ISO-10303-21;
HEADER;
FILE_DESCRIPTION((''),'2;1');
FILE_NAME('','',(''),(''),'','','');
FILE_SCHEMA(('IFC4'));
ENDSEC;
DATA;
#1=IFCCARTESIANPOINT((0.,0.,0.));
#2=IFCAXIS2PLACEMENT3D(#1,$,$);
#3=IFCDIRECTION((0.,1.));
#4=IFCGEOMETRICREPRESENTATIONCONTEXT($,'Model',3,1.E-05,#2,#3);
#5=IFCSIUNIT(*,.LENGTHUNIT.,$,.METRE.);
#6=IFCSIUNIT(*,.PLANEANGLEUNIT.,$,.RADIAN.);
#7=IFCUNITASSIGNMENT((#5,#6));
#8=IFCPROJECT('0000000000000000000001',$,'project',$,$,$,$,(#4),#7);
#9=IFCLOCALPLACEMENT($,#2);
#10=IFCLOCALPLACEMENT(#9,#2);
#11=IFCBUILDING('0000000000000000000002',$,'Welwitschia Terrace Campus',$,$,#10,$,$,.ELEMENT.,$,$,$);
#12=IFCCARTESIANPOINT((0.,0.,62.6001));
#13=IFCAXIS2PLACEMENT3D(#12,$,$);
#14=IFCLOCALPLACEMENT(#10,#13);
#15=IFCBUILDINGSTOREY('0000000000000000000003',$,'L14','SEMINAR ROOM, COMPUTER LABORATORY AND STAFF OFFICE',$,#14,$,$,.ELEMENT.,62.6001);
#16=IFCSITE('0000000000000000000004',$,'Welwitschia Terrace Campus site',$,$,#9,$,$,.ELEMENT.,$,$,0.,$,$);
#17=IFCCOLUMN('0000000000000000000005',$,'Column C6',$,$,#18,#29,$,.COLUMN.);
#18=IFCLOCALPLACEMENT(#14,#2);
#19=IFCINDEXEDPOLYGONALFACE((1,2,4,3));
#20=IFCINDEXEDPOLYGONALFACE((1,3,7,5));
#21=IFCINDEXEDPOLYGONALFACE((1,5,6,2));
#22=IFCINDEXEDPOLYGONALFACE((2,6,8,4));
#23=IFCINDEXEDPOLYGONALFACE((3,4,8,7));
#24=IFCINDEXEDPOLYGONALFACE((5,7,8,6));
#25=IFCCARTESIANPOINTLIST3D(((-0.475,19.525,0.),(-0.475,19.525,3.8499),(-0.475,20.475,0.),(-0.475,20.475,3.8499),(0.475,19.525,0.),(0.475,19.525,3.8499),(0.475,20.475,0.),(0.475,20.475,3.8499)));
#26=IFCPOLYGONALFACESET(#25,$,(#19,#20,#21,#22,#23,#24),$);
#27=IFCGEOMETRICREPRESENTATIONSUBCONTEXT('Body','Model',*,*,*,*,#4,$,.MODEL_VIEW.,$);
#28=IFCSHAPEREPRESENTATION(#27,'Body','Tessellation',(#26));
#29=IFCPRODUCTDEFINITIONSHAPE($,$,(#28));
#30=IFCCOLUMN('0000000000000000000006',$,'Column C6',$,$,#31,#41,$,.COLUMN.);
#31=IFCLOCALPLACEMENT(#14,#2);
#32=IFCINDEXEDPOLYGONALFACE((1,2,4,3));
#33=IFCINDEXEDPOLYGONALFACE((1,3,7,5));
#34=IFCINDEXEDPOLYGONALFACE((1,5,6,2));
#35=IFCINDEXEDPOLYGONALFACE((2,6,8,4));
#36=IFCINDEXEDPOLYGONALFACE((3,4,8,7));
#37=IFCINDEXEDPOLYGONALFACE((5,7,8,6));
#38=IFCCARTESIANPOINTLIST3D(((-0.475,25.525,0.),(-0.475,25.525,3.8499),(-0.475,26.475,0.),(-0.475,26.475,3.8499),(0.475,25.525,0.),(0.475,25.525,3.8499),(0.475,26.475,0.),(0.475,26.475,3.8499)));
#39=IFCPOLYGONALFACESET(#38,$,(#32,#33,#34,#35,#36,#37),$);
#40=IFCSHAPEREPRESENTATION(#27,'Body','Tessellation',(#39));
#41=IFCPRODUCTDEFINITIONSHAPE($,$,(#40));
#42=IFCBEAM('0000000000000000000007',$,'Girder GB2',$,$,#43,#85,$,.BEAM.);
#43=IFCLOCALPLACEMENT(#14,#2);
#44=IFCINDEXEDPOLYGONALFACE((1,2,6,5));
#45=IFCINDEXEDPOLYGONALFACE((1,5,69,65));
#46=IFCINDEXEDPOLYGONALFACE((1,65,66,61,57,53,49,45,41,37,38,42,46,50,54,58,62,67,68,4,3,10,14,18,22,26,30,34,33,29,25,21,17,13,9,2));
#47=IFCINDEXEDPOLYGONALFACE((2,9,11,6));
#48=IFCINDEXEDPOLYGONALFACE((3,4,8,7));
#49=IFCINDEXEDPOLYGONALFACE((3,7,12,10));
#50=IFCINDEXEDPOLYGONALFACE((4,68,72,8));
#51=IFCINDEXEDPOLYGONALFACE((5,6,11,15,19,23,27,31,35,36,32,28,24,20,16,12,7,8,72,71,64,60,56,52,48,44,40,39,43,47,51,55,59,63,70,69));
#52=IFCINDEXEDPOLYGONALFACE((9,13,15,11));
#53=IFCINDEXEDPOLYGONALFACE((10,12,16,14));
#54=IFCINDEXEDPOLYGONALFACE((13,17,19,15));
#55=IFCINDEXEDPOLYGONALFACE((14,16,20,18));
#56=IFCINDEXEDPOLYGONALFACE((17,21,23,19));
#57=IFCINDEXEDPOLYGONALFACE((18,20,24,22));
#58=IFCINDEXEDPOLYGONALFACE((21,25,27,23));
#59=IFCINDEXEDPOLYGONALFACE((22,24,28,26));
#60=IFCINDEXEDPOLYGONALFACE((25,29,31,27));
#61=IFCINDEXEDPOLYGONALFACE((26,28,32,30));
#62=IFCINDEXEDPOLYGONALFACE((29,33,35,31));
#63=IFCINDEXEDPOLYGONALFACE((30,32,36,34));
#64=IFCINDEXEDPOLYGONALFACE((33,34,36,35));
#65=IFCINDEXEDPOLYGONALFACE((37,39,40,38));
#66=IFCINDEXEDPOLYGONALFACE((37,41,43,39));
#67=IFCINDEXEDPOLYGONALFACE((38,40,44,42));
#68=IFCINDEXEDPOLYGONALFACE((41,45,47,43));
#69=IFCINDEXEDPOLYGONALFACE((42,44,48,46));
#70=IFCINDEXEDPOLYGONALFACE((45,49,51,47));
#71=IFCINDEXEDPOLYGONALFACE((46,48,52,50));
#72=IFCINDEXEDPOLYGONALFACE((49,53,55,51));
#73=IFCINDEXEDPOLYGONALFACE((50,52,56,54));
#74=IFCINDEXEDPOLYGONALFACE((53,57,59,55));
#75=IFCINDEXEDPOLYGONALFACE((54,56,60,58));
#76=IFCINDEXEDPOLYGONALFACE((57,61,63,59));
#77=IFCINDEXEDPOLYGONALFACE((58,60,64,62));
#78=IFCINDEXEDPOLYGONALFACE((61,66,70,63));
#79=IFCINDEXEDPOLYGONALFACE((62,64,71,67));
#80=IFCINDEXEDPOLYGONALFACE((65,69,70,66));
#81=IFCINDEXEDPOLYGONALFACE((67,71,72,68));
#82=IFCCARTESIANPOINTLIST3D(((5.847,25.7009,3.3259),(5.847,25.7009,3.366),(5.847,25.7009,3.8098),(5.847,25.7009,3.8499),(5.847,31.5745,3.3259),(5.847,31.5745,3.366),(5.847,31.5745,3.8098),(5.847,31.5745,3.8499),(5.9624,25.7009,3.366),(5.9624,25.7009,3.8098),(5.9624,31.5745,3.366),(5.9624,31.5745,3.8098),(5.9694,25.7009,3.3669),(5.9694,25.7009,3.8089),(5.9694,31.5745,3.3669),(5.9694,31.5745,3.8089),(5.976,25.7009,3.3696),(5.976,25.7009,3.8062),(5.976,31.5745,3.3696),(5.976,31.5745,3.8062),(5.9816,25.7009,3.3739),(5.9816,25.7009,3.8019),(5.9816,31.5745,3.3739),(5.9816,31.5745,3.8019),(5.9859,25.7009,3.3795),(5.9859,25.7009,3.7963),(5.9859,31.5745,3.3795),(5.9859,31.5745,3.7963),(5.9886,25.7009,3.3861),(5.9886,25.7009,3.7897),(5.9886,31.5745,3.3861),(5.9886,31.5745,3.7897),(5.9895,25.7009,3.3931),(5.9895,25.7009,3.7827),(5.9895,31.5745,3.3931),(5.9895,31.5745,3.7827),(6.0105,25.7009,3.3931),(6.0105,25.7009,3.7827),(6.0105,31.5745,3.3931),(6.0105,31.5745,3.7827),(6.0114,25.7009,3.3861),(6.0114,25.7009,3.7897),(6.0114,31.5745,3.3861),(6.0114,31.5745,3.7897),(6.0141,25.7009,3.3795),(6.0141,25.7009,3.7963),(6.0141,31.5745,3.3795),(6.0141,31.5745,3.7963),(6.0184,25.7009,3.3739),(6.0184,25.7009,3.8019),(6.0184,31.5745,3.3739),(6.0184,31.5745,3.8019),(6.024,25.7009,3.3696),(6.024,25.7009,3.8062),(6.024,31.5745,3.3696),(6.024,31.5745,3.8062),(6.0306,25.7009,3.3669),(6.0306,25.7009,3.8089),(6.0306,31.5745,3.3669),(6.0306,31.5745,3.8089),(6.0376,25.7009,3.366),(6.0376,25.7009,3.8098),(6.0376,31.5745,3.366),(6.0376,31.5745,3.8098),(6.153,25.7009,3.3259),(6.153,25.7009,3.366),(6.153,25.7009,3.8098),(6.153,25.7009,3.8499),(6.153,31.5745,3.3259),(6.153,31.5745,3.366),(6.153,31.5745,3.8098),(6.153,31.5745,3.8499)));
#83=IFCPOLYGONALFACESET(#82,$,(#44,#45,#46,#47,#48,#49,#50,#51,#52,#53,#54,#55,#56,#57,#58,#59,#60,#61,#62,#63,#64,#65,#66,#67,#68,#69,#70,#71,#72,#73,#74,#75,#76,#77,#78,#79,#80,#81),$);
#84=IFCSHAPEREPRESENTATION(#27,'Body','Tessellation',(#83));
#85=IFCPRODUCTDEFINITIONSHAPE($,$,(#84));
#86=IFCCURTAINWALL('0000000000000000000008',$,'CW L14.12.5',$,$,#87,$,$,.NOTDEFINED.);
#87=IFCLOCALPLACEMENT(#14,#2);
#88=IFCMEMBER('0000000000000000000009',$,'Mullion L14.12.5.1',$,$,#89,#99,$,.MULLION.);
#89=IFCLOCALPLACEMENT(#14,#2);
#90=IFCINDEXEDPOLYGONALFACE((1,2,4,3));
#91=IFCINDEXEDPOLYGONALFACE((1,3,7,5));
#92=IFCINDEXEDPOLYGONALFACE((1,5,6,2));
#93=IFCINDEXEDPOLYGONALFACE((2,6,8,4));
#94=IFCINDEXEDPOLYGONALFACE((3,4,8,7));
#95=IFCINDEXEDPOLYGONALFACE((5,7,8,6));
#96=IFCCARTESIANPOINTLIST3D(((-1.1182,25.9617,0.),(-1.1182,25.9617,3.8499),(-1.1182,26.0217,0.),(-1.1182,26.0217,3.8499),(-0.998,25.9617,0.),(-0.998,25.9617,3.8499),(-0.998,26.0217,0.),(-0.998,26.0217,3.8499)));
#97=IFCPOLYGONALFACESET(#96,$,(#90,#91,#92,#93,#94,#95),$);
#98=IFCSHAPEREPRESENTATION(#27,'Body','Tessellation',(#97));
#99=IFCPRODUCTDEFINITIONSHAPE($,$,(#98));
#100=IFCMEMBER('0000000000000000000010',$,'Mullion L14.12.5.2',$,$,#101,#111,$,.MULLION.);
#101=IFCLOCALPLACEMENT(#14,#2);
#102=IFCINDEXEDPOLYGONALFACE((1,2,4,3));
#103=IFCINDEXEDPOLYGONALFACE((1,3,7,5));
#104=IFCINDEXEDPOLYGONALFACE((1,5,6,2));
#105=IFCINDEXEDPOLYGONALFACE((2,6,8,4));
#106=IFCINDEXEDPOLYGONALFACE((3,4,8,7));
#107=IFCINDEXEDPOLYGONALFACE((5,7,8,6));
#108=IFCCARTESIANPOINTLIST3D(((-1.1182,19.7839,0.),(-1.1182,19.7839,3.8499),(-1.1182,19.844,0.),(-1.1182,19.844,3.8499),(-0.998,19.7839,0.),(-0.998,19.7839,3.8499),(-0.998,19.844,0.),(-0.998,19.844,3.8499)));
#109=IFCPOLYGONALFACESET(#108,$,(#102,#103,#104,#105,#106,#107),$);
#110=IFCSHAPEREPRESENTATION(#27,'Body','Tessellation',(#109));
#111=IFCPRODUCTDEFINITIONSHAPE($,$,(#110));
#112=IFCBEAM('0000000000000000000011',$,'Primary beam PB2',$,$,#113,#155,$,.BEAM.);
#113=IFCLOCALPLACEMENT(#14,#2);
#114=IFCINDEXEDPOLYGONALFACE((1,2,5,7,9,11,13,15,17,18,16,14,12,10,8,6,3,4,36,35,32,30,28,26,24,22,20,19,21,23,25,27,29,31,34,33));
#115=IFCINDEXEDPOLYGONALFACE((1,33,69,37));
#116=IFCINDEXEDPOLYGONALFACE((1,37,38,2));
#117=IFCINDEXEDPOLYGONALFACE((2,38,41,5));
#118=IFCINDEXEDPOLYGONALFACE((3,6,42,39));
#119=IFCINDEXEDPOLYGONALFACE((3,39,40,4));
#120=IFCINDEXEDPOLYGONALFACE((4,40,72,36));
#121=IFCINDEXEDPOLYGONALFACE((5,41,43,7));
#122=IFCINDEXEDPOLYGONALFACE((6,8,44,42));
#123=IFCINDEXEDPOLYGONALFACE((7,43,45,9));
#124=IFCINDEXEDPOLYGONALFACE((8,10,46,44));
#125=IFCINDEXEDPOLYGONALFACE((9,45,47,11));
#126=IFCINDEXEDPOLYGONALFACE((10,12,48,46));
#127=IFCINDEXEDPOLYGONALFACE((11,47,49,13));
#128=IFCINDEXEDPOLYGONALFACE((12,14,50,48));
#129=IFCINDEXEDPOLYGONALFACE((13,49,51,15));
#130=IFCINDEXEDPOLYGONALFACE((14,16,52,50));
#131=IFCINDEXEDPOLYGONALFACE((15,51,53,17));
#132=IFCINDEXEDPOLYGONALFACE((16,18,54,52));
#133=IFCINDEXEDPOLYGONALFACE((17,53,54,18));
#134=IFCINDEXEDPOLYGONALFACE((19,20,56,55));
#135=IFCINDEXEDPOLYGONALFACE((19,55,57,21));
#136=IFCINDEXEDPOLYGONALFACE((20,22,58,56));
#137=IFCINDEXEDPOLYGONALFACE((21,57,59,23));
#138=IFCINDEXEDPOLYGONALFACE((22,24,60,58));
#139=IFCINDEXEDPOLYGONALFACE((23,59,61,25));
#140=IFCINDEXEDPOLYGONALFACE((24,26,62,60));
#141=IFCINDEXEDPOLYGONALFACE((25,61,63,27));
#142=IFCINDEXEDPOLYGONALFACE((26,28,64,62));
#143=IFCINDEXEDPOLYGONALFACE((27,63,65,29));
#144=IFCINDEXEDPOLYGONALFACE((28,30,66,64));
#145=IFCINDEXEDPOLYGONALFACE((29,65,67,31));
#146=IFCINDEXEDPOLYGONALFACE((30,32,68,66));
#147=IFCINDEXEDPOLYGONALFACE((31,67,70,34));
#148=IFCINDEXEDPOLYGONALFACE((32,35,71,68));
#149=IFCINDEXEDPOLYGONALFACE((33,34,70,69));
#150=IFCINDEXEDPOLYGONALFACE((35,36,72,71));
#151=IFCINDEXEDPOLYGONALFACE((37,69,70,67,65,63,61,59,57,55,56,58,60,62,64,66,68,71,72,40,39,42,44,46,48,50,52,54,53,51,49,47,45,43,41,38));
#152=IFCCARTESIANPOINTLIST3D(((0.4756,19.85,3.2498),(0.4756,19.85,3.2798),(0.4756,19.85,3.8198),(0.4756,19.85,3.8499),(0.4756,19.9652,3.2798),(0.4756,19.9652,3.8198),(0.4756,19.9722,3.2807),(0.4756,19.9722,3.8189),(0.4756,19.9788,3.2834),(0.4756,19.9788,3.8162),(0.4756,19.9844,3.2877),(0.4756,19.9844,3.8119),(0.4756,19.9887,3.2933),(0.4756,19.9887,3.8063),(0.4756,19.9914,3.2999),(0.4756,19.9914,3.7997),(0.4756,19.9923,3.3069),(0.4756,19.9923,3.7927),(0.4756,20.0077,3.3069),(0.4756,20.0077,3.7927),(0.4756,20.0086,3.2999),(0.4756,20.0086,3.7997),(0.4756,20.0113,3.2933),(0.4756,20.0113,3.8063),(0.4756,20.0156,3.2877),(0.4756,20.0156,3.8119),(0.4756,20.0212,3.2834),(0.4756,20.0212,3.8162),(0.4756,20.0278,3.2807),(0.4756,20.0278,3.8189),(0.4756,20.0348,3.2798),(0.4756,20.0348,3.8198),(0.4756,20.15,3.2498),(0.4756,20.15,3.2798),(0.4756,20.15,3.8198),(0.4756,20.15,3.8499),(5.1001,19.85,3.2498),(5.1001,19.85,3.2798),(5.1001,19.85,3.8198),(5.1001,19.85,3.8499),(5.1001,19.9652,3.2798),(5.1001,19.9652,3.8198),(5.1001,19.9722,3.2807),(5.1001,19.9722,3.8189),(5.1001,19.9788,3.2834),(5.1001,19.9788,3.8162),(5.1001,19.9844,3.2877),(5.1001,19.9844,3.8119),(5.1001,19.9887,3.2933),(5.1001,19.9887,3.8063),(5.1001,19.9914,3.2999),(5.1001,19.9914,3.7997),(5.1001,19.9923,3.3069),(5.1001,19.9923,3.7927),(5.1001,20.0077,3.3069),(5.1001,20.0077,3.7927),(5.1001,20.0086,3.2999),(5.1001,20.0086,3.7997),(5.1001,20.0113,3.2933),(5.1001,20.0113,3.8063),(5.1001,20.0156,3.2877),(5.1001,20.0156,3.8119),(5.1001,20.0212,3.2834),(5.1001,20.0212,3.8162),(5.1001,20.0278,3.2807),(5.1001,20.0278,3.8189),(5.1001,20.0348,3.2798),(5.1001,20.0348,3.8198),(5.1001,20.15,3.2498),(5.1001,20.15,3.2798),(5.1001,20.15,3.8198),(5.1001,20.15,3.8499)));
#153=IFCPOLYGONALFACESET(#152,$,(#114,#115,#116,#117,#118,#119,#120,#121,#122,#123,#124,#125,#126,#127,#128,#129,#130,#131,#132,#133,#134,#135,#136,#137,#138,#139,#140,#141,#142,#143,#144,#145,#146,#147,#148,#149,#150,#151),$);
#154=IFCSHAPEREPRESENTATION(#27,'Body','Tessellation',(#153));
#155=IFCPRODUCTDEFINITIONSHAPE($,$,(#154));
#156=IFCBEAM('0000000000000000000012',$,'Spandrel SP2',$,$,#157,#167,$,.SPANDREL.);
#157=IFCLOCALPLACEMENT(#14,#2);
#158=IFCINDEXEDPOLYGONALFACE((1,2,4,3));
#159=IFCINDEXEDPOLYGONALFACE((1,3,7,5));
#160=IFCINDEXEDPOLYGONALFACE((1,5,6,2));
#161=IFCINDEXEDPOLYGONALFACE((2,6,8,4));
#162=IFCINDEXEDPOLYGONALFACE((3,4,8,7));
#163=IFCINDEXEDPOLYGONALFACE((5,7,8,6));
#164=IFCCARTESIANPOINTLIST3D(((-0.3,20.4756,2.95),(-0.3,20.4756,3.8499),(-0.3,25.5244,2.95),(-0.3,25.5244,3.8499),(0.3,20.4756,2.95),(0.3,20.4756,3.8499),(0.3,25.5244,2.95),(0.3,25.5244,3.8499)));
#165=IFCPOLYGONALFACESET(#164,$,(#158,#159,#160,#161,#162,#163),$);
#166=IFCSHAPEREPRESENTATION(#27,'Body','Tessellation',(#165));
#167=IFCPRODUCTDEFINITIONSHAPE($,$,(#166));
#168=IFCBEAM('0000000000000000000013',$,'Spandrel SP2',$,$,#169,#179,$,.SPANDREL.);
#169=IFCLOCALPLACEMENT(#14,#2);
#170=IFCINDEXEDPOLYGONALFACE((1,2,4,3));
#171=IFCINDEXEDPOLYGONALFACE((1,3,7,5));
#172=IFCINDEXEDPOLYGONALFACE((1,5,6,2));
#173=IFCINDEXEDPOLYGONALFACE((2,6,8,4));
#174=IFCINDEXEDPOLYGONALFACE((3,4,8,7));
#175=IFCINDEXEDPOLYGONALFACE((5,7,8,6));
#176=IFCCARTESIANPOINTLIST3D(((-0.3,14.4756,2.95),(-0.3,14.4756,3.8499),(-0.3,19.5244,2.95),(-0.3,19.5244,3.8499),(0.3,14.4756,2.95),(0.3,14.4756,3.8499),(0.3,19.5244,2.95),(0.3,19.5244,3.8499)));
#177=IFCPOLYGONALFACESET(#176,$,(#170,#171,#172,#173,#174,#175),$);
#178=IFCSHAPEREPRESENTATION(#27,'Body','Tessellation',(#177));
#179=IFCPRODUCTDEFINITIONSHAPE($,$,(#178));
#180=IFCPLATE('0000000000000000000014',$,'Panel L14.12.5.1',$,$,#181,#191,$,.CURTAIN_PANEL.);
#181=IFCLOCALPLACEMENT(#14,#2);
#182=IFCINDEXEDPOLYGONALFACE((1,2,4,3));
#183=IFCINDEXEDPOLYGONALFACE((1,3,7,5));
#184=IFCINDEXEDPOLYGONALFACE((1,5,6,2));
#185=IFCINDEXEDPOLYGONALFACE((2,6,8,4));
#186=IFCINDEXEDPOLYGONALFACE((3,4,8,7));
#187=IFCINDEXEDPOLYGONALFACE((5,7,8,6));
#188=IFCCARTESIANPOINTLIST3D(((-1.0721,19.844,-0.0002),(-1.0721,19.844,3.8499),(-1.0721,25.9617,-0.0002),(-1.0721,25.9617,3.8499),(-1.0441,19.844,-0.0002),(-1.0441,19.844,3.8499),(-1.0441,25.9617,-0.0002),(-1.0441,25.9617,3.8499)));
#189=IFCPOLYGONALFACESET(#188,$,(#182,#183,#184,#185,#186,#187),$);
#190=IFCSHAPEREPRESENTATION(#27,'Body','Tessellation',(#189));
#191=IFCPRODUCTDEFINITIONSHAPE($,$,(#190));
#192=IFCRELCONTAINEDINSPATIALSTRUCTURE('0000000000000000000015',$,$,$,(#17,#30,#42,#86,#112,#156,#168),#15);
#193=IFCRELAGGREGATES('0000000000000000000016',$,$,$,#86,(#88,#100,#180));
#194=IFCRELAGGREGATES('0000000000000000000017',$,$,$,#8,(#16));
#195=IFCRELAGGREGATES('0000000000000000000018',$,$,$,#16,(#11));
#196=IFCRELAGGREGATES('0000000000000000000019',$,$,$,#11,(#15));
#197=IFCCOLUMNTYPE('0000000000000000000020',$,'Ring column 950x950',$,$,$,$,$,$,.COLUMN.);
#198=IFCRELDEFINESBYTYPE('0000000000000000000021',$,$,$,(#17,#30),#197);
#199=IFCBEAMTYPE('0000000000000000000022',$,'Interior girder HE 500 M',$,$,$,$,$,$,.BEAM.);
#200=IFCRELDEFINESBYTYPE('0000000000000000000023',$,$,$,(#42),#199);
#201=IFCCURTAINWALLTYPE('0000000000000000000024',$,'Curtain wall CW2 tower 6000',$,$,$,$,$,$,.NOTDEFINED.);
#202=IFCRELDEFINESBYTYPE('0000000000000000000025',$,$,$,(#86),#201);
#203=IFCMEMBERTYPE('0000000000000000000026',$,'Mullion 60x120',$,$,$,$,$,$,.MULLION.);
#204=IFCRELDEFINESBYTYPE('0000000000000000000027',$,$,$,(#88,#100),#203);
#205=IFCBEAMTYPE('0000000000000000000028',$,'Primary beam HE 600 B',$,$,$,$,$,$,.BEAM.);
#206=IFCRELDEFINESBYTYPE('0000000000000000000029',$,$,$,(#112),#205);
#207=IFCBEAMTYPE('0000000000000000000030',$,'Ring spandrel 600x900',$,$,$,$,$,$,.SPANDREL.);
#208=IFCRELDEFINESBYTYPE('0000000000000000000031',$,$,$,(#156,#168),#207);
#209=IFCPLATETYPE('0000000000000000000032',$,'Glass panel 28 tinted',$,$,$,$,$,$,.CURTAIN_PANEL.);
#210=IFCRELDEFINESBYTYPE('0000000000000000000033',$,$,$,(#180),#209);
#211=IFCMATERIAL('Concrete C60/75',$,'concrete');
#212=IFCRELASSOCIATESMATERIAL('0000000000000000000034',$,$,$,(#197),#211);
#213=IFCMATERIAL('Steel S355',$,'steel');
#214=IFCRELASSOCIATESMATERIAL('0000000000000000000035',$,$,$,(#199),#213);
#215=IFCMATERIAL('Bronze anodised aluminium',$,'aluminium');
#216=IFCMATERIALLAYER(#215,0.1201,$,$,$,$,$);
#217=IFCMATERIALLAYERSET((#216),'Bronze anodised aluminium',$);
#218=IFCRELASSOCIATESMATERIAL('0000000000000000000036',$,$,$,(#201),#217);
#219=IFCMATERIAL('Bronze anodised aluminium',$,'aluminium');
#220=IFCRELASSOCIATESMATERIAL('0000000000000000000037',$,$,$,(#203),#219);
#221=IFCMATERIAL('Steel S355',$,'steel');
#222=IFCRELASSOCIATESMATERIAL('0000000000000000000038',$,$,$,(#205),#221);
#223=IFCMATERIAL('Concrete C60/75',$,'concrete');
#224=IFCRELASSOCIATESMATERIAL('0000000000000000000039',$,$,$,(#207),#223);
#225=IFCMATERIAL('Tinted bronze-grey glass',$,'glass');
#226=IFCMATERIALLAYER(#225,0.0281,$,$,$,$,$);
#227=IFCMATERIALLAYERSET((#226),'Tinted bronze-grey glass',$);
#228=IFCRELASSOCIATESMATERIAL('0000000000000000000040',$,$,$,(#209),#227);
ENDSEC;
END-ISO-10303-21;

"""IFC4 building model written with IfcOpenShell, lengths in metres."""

from ifc_helpers import new_model, si_unit, direction, frame, origin, origin_2d, place, context, subcontext, project, spatial, rectangle, i_section, extrude, material, layer, layer_set, material_profile, profile_set, type_object, element, aggregate, save


model = new_model("IFC4")

# Units and contexts
model_context = context("Model", 3, precision=1e-05, world=origin(), true_north=direction((0.0, 1.0)))
body_context = subcontext(model_context, "Body", "Model", "MODEL_VIEW")
ifc_project = project(units=[si_unit("LENGTHUNIT", "METRE"), si_unit("PLANEANGLEUNIT", "RADIAN")], contexts=[model_context])

# Site, building, storey
site_placement = place(None, origin())
site = spatial("IfcSite", under=ifc_project, at=site_placement, Name="Welwitschia Terrace Campus site", CompositionType="ELEMENT", RefElevation=0.0)
building_placement = place(site_placement, origin())
building = spatial("IfcBuilding", under=site, at=building_placement, Name="Welwitschia Terrace Campus", CompositionType="ELEMENT")
storey_placement = place(building_placement, frame((0.0, 0.0, 62.6001)))
storey = spatial("IfcBuildingStorey", under=building, at=storey_placement, Name="L14", Description="SEMINAR ROOM, COMPUTER LABORATORY AND STAFF OFFICE", CompositionType="ELEMENT", Elevation=62.6001)

# Columns
ifc_material_1 = material(Name="Concrete C60/75", Category="concrete")
ifc_material_profile_1 = material_profile(ifc_material_1, rectangle(XDim=0.95, YDim=0.95, at=origin_2d()))
ifc_profile_set_1 = profile_set([ifc_material_profile_1], Name="Concrete C60/75")
column_type = type_object("IfcColumnType", Name="Ring column 950x950", PredefinedType="COLUMN", material=ifc_profile_set_1)
for number, where, z_axis, x_axis, name in (
    (1, (0.0, 20.0, 0.0), (0.0, 0.0, 1.0), (1.0, 0.0, 0.0), "Column C6"),
    (2, (0.0, 26.0, 0.0), (0.0, 0.0, 1.0), (1.0, 0.0, 0.0), "Column C6"),
):
    element("IfcColumn", number, at=place(storey_placement, frame(where, z_axis=z_axis, x_axis=x_axis)), inside=storey, type_object=column_type, Name=name, PredefinedType="COLUMN", context=body_context, shape_type="SweptSolid", body=[
        extrude(rectangle(XDim=0.95, YDim=0.95, at=origin_2d()), origin(), (0.0, 0.0, 1.0), 3.8499),
    ])

# Beam
ifc_material_2 = material(Name="Steel S355", Category="steel")
ifc_material_profile_2 = material_profile(ifc_material_2, i_section(OverallWidth=0.3059, OverallDepth=0.5239, WebThickness=0.021, FlangeThickness=0.04, FilletRadius=0.0271, at=origin_2d()))
ifc_profile_set_2 = profile_set([ifc_material_profile_2], Name="Steel S355")
beam_type_1 = type_object("IfcBeamType", Name="Interior girder HE 500 M", PredefinedType="BEAM", material=ifc_profile_set_2)
beam_1_placement = place(storey_placement, frame((6.0, 25.7009, 3.5879), z_axis=(0.0, 1.0, 0.0), x_axis=(-1.0, 0.0, 0.0)))
element("IfcBeam", 3, at=beam_1_placement, inside=storey, type_object=beam_type_1, Name="Girder GB2", PredefinedType="BEAM", context=body_context, shape_type="SweptSolid", body=[
    extrude(i_section(OverallWidth=0.3059, OverallDepth=0.5239, WebThickness=0.021, FlangeThickness=0.04, FilletRadius=0.0271, at=origin_2d()), origin(), (0.0, 0.0, 1.0), 5.8735),
])

# Curtain wall, members
ifc_material_3 = material(Name="Bronze anodised aluminium", Category="aluminium")
ifc_layer_1 = layer(ifc_material_3, 0.1201)
ifc_layer_set_1 = layer_set([ifc_layer_1], Name="Bronze anodised aluminium")
curtain_wall_type = type_object("IfcCurtainWallType", Name="Curtain wall CW2 tower 6000", PredefinedType="NOTDEFINED", material=ifc_layer_set_1)
curtain_wall_placement = place(storey_placement, origin())
curtain_wall = element("IfcCurtainWall", 4, at=curtain_wall_placement, inside=storey, type_object=curtain_wall_type, Name="CW L14.12.5", PredefinedType="NOTDEFINED")
ifc_material_4 = material(Name="Bronze anodised aluminium", Category="aluminium")
ifc_material_profile_3 = material_profile(ifc_material_4, rectangle(XDim=0.1201, YDim=0.0601, at=origin_2d()))
ifc_profile_set_3 = profile_set([ifc_material_profile_3], Name="Bronze anodised aluminium")
member_type = type_object("IfcMemberType", Name="Mullion 60x120", PredefinedType="MULLION", material=ifc_profile_set_3)
member_1_placement = place(storey_placement, frame((-1.0581, 25.9917, 0.0), z_axis=(0.0, 0.0, 1.0), x_axis=(1.0, 0.0, 0.0)))
member_1 = element("IfcMember", 5, at=member_1_placement, type_object=member_type, Name="Mullion L14.12.5.1", PredefinedType="MULLION", context=body_context, shape_type="SweptSolid", body=[
    extrude(rectangle(XDim=0.1201, YDim=0.0601, at=origin_2d()), origin(), (0.0, 0.0, 1.0), 3.8499),
])
member_2_placement = place(storey_placement, frame((-1.0581, 19.814, 0.0), z_axis=(0.0, 0.0, 1.0), x_axis=(1.0, 0.0, 0.0)))
member_2 = element("IfcMember", 6, at=member_2_placement, type_object=member_type, Name="Mullion L14.12.5.2", PredefinedType="MULLION", context=body_context, shape_type="SweptSolid", body=[
    extrude(rectangle(XDim=0.1201, YDim=0.0601, at=origin_2d()), origin(), (0.0, 0.0, 1.0), 3.8499),
])

# Beams
ifc_material_5 = material(Name="Steel S355", Category="steel")
ifc_material_profile_4 = material_profile(ifc_material_5, i_section(OverallWidth=0.3, OverallDepth=0.6001, WebThickness=0.0154, FlangeThickness=0.03, FilletRadius=0.0271, at=origin_2d()))
ifc_profile_set_4 = profile_set([ifc_material_profile_4], Name="Steel S355")
beam_type_2 = type_object("IfcBeamType", Name="Primary beam HE 600 B", PredefinedType="BEAM", material=ifc_profile_set_4)
beam_2_placement = place(storey_placement, frame((0.4756, 20.0, 3.5498), z_axis=(1.0, 0.0, 0.0), x_axis=(0.0, 1.0, 0.0)))
element("IfcBeam", 7, at=beam_2_placement, inside=storey, type_object=beam_type_2, Name="Primary beam PB2", PredefinedType="BEAM", context=body_context, shape_type="SweptSolid", body=[
    extrude(i_section(OverallWidth=0.3, OverallDepth=0.6001, WebThickness=0.0154, FlangeThickness=0.03, FilletRadius=0.0271, at=origin_2d()), origin(), (0.0, 0.0, 1.0), 4.6245),
])
ifc_material_6 = material(Name="Concrete C60/75", Category="concrete")
ifc_material_profile_5 = material_profile(ifc_material_6, rectangle(XDim=0.6001, YDim=0.8999, at=origin_2d()))
ifc_profile_set_5 = profile_set([ifc_material_profile_5], Name="Concrete C60/75")
beam_type_3 = type_object("IfcBeamType", Name="Ring spandrel 600x900", PredefinedType="SPANDREL", material=ifc_profile_set_5)
for number, where, z_axis, x_axis, name in (
    (8, (0.0, 25.5244, 3.3999), (0.0, -1.0, 0.0), (1.0, 0.0, 0.0), "Spandrel SP2"),
    (9, (0.0, 19.5244, 3.3999), (0.0, -1.0, 0.0), (1.0, 0.0, 0.0), "Spandrel SP2"),
):
    element("IfcBeam", number, at=place(storey_placement, frame(where, z_axis=z_axis, x_axis=x_axis)), inside=storey, type_object=beam_type_3, Name=name, PredefinedType="SPANDREL", context=body_context, shape_type="SweptSolid", body=[
        extrude(rectangle(XDim=0.6001, YDim=0.8999, at=origin_2d()), origin(), (0.0, 0.0, 1.0), 5.0488),
    ])

# Plate
ifc_material_7 = material(Name="Tinted bronze-grey glass", Category="glass")
ifc_layer_2 = layer(ifc_material_7, 0.0281)
ifc_layer_set_2 = layer_set([ifc_layer_2], Name="Tinted bronze-grey glass")
plate_type = type_object("IfcPlateType", Name="Glass panel 28 tinted", PredefinedType="CURTAIN_PANEL", material=ifc_layer_set_2)
plate_placement = place(storey_placement, frame((-1.0581, 22.9028, -0.0002), z_axis=(0.0, 0.0, 1.0), x_axis=(0.0, -1.0, 0.0)))
plate = element("IfcPlate", 10, at=plate_placement, type_object=plate_type, Name="Panel L14.12.5.1", PredefinedType="CURTAIN_PANEL", context=body_context, shape_type="SweptSolid", body=[
    extrude(rectangle(XDim=6.1177, YDim=0.0281, at=origin_2d()), origin(), (0.0, 0.0, 1.0), 3.8501),
])
aggregate(curtain_wall, [member_1, member_2, plate])

save(model, "model.ifc")
